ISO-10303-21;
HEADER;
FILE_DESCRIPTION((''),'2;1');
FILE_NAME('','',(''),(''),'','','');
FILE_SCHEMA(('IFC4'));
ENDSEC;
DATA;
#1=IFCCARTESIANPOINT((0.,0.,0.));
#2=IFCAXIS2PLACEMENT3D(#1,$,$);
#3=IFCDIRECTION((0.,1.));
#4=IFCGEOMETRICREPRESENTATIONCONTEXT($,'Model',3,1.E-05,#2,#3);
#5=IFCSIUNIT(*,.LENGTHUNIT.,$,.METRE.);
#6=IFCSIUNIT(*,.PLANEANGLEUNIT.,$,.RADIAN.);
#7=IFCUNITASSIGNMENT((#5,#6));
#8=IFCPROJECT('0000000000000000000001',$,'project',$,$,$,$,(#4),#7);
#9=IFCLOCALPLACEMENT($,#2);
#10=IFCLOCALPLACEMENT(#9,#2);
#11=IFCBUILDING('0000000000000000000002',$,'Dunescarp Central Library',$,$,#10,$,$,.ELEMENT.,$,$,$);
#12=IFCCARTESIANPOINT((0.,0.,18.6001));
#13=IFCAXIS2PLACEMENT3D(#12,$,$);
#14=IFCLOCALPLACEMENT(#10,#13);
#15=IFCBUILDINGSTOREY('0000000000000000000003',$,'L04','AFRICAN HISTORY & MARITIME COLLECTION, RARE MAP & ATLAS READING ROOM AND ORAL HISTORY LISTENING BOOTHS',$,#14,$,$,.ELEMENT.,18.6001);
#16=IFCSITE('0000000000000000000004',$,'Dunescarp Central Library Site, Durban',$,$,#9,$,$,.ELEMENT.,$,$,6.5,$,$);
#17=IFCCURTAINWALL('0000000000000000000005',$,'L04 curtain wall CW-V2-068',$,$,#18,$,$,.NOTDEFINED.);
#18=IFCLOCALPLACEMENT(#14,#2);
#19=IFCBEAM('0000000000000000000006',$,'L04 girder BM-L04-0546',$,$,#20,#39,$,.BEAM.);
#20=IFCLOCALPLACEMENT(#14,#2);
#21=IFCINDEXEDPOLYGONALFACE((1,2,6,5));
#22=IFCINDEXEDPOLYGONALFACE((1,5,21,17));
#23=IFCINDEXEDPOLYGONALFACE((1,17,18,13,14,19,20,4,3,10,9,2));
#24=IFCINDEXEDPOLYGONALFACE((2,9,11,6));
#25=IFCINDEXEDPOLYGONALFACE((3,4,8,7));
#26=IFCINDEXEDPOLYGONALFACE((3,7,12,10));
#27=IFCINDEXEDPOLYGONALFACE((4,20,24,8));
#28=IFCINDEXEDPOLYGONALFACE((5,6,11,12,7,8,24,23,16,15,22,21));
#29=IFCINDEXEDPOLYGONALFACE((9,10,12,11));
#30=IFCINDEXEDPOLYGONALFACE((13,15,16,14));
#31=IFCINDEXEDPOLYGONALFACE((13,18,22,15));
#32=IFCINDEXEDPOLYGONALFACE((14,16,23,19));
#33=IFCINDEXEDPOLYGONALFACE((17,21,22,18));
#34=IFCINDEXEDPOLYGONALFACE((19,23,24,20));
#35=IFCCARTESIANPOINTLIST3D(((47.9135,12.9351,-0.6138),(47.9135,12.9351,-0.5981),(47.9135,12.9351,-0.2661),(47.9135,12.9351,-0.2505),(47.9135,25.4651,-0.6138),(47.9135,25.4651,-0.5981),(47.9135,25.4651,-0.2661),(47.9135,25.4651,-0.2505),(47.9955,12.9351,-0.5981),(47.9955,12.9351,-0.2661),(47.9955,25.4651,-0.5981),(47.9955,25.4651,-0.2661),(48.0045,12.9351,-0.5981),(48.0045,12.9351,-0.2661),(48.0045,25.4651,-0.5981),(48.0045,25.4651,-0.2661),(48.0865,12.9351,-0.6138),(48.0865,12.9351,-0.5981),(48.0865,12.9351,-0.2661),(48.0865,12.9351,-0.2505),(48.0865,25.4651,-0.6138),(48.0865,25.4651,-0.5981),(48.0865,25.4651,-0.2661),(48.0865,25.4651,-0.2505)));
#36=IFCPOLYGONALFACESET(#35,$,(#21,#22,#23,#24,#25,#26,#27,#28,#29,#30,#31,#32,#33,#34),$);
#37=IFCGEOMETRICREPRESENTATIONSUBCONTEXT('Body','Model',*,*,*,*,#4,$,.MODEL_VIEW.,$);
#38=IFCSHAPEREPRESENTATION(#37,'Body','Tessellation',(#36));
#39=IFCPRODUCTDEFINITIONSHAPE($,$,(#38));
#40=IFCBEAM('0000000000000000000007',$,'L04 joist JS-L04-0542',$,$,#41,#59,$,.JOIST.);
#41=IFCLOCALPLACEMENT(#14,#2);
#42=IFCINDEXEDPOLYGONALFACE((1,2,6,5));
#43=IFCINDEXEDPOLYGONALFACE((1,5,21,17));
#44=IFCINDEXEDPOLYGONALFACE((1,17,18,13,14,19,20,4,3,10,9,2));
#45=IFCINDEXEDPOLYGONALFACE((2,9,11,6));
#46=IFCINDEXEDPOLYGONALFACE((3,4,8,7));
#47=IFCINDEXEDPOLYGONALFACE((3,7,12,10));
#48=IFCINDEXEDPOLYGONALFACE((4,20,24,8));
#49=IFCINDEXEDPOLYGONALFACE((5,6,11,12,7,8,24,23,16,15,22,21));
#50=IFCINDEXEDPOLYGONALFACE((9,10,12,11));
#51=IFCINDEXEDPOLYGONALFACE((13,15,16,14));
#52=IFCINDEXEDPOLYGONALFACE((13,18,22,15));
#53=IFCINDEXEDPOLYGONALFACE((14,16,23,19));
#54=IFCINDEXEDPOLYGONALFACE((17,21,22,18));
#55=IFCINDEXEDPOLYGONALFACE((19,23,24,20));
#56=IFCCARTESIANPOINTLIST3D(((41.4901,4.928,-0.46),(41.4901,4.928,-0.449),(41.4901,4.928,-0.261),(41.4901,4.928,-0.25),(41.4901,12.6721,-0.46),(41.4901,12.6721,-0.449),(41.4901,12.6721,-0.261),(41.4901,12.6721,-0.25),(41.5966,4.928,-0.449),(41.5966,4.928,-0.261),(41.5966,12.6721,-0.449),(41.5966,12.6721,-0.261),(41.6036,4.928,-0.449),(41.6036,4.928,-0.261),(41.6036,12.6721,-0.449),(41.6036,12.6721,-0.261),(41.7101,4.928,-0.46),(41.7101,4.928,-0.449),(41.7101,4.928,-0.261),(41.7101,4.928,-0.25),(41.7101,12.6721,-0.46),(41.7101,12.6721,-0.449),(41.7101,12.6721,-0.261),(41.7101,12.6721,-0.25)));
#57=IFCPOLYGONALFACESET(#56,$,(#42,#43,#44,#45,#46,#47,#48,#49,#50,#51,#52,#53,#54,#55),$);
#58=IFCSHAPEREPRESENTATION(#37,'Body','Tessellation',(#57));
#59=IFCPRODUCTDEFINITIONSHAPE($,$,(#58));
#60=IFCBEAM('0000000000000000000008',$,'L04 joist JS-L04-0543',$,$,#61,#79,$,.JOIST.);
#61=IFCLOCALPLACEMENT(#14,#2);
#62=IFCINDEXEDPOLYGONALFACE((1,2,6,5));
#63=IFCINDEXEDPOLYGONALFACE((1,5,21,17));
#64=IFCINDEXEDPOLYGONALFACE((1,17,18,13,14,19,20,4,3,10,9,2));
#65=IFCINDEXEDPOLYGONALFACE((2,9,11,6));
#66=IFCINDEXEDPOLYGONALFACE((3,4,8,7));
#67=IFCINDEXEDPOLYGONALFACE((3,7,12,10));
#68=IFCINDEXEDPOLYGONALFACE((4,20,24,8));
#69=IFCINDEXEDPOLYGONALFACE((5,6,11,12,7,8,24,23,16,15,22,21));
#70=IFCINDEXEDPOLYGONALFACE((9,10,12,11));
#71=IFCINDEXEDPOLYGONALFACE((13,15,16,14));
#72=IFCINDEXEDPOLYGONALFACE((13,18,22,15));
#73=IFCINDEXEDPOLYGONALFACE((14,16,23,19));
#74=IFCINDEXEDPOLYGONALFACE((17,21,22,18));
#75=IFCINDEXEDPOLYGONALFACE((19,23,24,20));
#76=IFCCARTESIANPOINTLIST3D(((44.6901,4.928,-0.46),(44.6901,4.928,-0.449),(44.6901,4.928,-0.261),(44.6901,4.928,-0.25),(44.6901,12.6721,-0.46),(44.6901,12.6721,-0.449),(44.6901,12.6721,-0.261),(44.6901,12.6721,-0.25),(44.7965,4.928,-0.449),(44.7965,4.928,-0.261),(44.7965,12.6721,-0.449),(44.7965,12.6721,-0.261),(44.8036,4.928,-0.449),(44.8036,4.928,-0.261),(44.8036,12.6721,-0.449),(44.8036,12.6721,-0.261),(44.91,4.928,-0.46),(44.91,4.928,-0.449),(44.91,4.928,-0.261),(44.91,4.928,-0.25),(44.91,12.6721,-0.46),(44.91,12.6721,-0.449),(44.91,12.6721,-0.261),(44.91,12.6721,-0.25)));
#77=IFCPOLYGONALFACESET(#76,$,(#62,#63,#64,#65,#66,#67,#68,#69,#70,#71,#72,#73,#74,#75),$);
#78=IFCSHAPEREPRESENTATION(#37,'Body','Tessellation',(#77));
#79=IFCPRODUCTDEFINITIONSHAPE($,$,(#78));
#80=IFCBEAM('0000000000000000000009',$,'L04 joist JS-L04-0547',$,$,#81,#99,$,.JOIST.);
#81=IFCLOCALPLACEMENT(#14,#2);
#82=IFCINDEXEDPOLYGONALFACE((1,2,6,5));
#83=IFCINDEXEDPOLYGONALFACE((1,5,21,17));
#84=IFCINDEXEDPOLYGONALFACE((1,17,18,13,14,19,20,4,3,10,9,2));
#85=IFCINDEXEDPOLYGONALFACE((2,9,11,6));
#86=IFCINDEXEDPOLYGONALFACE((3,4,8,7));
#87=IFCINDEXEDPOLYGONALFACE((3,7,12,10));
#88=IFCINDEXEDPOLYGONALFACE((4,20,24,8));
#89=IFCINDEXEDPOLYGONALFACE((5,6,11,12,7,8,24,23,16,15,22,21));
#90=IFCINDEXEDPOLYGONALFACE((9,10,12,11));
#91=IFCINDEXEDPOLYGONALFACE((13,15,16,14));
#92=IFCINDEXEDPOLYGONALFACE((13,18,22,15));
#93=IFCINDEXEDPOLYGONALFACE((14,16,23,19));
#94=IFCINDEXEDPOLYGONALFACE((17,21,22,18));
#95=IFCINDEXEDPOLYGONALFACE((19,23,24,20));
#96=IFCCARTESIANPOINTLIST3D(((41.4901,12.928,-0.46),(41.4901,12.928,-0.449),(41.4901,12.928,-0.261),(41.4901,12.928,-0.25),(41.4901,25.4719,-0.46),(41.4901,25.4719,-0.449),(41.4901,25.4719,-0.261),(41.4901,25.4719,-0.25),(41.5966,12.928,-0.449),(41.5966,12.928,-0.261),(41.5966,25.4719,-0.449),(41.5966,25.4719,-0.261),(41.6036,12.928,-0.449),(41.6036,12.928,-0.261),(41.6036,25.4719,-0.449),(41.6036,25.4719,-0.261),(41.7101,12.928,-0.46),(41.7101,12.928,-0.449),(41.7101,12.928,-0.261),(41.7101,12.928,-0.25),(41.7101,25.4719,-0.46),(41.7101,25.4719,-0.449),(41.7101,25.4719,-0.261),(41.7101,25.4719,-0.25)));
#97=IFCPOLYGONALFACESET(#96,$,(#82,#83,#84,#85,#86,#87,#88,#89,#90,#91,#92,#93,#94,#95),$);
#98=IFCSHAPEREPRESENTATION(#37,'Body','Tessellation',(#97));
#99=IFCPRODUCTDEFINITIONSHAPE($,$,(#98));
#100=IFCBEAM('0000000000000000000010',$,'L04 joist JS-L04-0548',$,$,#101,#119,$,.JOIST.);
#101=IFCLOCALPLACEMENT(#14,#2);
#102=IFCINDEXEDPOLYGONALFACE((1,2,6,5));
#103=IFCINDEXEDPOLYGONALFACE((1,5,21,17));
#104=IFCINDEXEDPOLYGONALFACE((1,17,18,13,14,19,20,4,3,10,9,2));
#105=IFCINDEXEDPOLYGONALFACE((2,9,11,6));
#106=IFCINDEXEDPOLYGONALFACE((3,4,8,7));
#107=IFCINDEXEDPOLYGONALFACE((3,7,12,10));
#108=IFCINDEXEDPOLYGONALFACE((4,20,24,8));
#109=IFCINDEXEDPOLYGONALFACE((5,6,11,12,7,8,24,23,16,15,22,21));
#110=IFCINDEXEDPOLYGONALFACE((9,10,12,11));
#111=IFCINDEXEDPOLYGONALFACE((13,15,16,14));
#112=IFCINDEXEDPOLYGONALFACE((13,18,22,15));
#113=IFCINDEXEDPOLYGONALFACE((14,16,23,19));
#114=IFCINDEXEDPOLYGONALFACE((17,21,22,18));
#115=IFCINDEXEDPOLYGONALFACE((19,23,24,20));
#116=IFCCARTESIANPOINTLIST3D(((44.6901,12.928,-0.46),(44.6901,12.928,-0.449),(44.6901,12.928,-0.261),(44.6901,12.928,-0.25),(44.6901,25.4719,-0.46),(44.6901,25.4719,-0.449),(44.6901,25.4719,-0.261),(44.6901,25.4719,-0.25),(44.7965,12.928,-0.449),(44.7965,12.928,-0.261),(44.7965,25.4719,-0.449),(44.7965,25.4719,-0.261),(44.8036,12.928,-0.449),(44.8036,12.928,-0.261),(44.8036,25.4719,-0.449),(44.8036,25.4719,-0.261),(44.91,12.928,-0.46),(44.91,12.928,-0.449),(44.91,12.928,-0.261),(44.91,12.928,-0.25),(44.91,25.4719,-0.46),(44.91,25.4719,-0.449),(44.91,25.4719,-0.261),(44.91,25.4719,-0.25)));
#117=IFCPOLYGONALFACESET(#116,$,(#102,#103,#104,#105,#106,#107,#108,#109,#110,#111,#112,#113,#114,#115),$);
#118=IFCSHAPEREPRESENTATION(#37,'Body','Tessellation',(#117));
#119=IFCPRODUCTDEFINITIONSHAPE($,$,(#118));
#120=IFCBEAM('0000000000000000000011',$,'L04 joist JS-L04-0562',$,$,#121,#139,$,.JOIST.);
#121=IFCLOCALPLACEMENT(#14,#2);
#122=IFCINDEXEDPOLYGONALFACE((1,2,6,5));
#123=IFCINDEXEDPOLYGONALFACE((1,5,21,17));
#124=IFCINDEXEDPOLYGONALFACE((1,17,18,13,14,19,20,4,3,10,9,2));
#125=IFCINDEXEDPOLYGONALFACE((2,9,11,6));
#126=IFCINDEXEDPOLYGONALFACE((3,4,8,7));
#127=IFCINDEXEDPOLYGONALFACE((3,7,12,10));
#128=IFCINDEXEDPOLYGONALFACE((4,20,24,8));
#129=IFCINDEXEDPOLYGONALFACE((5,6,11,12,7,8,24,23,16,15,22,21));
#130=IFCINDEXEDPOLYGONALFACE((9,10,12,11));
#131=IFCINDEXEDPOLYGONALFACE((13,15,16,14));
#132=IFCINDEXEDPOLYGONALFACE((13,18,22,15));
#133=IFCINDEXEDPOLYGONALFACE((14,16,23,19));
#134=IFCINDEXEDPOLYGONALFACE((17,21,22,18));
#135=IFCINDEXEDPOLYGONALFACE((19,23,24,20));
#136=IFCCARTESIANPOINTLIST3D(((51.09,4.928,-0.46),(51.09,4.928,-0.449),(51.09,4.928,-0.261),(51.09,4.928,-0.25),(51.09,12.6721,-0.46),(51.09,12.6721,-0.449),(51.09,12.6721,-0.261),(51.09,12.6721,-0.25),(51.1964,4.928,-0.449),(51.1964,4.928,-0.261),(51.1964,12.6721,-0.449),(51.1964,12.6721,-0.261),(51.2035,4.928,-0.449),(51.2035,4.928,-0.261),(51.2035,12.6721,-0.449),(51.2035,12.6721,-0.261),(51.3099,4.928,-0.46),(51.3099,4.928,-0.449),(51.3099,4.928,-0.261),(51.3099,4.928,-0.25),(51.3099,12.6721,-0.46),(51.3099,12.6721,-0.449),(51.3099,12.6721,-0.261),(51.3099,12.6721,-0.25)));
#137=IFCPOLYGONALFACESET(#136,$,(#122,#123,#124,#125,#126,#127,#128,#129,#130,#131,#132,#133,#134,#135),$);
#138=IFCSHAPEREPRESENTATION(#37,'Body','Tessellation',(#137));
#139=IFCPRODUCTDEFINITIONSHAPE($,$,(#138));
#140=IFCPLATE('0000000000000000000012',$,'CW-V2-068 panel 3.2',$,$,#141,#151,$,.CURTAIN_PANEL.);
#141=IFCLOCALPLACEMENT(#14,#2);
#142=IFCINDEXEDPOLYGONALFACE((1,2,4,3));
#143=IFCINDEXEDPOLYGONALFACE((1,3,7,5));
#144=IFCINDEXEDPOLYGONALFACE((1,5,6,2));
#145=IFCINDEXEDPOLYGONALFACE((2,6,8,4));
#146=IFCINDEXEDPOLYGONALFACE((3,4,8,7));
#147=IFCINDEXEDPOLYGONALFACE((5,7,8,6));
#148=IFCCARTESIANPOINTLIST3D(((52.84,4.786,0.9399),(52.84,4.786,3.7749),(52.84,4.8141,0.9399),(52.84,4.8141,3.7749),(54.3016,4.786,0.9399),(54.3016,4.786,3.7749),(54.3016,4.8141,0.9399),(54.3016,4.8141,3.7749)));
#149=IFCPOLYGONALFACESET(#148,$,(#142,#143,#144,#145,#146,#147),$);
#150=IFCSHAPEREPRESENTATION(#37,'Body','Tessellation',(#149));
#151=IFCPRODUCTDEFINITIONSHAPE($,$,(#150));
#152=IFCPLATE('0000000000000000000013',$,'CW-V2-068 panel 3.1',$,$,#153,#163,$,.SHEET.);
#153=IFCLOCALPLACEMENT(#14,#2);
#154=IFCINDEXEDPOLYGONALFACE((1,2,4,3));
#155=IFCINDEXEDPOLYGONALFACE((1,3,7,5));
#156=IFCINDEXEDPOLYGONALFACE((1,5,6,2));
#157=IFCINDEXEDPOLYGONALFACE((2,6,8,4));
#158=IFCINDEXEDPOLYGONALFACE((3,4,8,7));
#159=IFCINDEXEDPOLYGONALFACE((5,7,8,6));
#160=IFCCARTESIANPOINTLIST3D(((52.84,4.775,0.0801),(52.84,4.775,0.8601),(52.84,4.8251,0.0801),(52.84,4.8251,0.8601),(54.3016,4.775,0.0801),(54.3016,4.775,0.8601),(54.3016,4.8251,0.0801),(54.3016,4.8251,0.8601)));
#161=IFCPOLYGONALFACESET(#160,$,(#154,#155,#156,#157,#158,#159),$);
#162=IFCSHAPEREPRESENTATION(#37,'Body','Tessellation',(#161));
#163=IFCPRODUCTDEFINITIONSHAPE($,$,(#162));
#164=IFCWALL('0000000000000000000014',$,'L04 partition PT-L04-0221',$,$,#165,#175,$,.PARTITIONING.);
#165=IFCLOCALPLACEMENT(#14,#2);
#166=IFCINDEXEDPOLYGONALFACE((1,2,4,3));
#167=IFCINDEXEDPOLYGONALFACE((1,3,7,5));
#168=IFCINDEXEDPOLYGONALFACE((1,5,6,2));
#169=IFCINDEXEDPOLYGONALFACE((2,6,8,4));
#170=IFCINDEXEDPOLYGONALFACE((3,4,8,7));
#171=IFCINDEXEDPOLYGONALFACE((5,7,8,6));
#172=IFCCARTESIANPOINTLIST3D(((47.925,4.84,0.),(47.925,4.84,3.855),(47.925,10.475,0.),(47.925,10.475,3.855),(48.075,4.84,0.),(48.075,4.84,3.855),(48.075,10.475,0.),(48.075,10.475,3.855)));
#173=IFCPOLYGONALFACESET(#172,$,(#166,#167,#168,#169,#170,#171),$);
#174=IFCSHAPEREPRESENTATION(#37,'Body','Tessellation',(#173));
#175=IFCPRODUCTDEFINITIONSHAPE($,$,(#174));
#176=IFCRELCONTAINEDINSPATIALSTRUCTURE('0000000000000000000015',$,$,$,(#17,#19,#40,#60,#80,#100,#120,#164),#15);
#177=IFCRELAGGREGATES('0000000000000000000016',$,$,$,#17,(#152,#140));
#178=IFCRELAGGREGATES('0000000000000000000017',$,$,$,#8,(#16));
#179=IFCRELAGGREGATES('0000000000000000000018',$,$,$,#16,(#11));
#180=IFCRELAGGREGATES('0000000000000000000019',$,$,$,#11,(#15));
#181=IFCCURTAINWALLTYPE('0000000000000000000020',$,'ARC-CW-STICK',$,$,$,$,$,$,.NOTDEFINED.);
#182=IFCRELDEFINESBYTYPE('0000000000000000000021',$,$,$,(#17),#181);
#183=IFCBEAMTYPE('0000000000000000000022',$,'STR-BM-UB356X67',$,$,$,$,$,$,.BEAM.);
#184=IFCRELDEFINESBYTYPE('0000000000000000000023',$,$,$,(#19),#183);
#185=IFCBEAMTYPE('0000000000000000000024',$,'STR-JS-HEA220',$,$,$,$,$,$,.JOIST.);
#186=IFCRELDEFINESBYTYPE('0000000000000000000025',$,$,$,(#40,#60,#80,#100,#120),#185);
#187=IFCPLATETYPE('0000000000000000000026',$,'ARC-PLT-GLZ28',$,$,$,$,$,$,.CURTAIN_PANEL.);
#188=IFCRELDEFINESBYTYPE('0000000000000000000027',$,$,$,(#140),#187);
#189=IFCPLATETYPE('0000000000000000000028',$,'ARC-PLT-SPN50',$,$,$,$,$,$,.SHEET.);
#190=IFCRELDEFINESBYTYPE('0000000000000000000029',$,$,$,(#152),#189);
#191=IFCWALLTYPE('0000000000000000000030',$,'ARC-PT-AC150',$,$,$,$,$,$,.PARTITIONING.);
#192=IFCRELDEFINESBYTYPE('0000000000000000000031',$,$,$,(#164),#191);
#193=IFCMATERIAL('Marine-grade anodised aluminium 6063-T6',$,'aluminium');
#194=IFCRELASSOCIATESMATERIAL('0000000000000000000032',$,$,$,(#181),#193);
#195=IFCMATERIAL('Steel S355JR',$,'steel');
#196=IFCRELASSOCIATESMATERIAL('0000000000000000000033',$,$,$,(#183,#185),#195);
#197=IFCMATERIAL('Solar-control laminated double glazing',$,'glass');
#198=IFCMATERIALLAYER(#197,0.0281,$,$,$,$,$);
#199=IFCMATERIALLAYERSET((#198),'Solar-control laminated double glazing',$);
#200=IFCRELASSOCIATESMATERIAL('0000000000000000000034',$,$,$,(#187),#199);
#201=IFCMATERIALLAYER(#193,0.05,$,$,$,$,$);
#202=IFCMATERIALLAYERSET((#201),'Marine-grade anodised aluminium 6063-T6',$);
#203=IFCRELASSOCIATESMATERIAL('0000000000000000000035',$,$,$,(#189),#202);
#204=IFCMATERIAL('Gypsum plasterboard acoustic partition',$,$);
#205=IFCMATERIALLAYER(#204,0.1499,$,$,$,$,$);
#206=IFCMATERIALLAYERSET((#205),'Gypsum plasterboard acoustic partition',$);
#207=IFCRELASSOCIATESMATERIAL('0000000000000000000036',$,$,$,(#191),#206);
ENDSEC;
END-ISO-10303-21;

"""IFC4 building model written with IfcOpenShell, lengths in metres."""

from ifc_helpers import new_model, si_unit, direction, frame, frame_2d, origin, origin_2d, place, context, subcontext, project, spatial, rectangle, i_section, extrude, material, layer, layer_set, material_profile, profile_set, type_object, element, aggregate, save


model = new_model("IFC4")

# Units and contexts
model_context = context("Model", 3, precision=1e-05, world=origin(), true_north=direction((0.0, 1.0)))
body_context = subcontext(model_context, "Body", "Model", "MODEL_VIEW")
ifc_project = project(units=[si_unit("LENGTHUNIT", "METRE"), si_unit("PLANEANGLEUNIT", "RADIAN")], contexts=[model_context])

# Site, building, storey
site_placement = place(None, origin())
site = spatial("IfcSite", under=ifc_project, at=site_placement, Name="Dunescarp Central Library Site, Durban", CompositionType="ELEMENT", RefElevation=6.5)
building_placement = place(site_placement, origin())
building = spatial("IfcBuilding", under=site, at=building_placement, Name="Dunescarp Central Library", CompositionType="ELEMENT")
storey_placement = place(building_placement, frame((0.0, 0.0, 18.6001)))
storey = spatial("IfcBuildingStorey", under=building, at=storey_placement, Name="L04", Description="AFRICAN HISTORY & MARITIME COLLECTION, RARE MAP & ATLAS READING ROOM AND ORAL HISTORY LISTENING BOOTHS", CompositionType="ELEMENT", Elevation=18.6001)

# Shared definitions
ifc_material_1 = material(Name="Steel S355JR", Category="steel")

# Curtain wall
ifc_material_2 = material(Name="Marine-grade anodised aluminium 6063-T6", Category="aluminium")
curtain_wall_type = type_object("IfcCurtainWallType", Name="ARC-CW-STICK", PredefinedType="NOTDEFINED", material=ifc_material_2)
curtain_wall_placement = place(storey_placement, origin())
curtain_wall = element("IfcCurtainWall", 1, at=curtain_wall_placement, inside=storey, type_object=curtain_wall_type, Name="L04 curtain wall CW-V2-068", PredefinedType="NOTDEFINED")

# Beams
ifc_material_profile_1 = material_profile(ifc_material_1, i_section(OverallWidth=0.1731, OverallDepth=0.3633, WebThickness=0.009, FlangeThickness=0.0156, at=origin_2d()), Name="UB 356x171x67")
ifc_profile_set_1 = profile_set([ifc_material_profile_1], Name="Steel S355JR")
beam_type_1 = type_object("IfcBeamType", Name="STR-BM-UB356X67", PredefinedType="BEAM", material=ifc_profile_set_1)
beam_1_placement = place(storey_placement, frame((48.0, 12.9351, -0.4321), z_axis=(0.0, 1.0, 0.0), x_axis=(-1.0, 0.0, 0.0)))
element("IfcBeam", 2, at=beam_1_placement, inside=storey, type_object=beam_type_1, Name="L04 girder BM-L04-0546", PredefinedType="BEAM", context=body_context, shape_type="SweptSolid", body=[
    extrude(i_section(OverallWidth=0.1731, OverallDepth=0.3633, WebThickness=0.009, FlangeThickness=0.0156, at=origin_2d()), origin(), (0.0, 0.0, 1.0), 12.53),
])
ifc_material_profile_2 = material_profile(ifc_material_1, i_section(OverallWidth=0.22, OverallDepth=0.21, WebThickness=0.0071, FlangeThickness=0.011, at=origin_2d()), Name="HEA 220")
ifc_profile_set_2 = profile_set([ifc_material_profile_2], Name="Steel S355JR")
beam_type_2 = type_object("IfcBeamType", Name="STR-JS-HEA220", PredefinedType="JOIST", material=ifc_profile_set_2)
for number, where, z_axis, x_axis, name in (
    (3, (41.6001, 4.928, -0.355), (0.0, 1.0, 0.0), (-1.0, 0.0, 0.0), "L04 joist JS-L04-0542"),
    (4, (44.8, 4.928, -0.355), (0.0, 1.0, 0.0), (-1.0, 0.0, 0.0), "L04 joist JS-L04-0543"),
):
    element("IfcBeam", number, at=place(storey_placement, frame(where, z_axis=z_axis, x_axis=x_axis)), inside=storey, type_object=beam_type_2, Name=name, PredefinedType="JOIST", context=body_context, shape_type="SweptSolid", body=[
        extrude(i_section(OverallWidth=0.22, OverallDepth=0.21, WebThickness=0.0071, FlangeThickness=0.011, at=origin_2d()), origin(), (0.0, 0.0, 1.0), 7.7441),
    ])
for number, where, z_axis, x_axis, name in (
    (5, (41.6001, 12.928, -0.355), (0.0, 1.0, 0.0), (-1.0, 0.0, 0.0), "L04 joist JS-L04-0547"),
    (6, (44.8, 12.928, -0.355), (0.0, 1.0, 0.0), (-1.0, 0.0, 0.0), "L04 joist JS-L04-0548"),
):
    element("IfcBeam", number, at=place(storey_placement, frame(where, z_axis=z_axis, x_axis=x_axis)), inside=storey, type_object=beam_type_2, Name=name, PredefinedType="JOIST", context=body_context, shape_type="SweptSolid", body=[
        extrude(i_section(OverallWidth=0.22, OverallDepth=0.21, WebThickness=0.0071, FlangeThickness=0.011, at=origin_2d()), origin(), (0.0, 0.0, 1.0), 12.5439),
    ])
beam_2_placement = place(storey_placement, frame((51.2, 4.928, -0.355), z_axis=(0.0, 1.0, 0.0), x_axis=(-1.0, 0.0, 0.0)))
element("IfcBeam", 7, at=beam_2_placement, inside=storey, type_object=beam_type_2, Name="L04 joist JS-L04-0562", PredefinedType="JOIST", context=body_context, shape_type="SweptSolid", body=[
    extrude(i_section(OverallWidth=0.22, OverallDepth=0.21, WebThickness=0.0071, FlangeThickness=0.011, at=origin_2d()), origin(), (0.0, 0.0, 1.0), 7.7441),
])

# Plates
ifc_material_3 = material(Name="Solar-control laminated double glazing", Category="glass")
ifc_layer_1 = layer(ifc_material_3, 0.0281)
ifc_layer_set_1 = layer_set([ifc_layer_1], Name="Solar-control laminated double glazing")
plate_type_1 = type_object("IfcPlateType", Name="ARC-PLT-GLZ28", PredefinedType="CURTAIN_PANEL", material=ifc_layer_set_1)
plate_1_placement = place(storey_placement, frame((53.5708, 4.8, 0.9399), z_axis=(0.0, 0.0, 1.0), x_axis=(-1.0, 0.0, 0.0)))
plate_1 = element("IfcPlate", 8, at=plate_1_placement, type_object=plate_type_1, Name="CW-V2-068 panel 3.2", PredefinedType="CURTAIN_PANEL", context=body_context, shape_type="SweptSolid", body=[
    extrude(rectangle(XDim=1.4617, YDim=0.0281, at=origin_2d()), origin(), (0.0, 0.0, 1.0), 2.835),
])
ifc_layer_2 = layer(ifc_material_2, 0.05)
ifc_layer_set_2 = layer_set([ifc_layer_2], Name="Marine-grade anodised aluminium 6063-T6")
plate_type_2 = type_object("IfcPlateType", Name="ARC-PLT-SPN50", PredefinedType="SHEET", material=ifc_layer_set_2)
plate_2_placement = place(storey_placement, frame((53.5708, 4.8, 0.0801), z_axis=(0.0, 0.0, 1.0), x_axis=(-1.0, 0.0, 0.0)))
plate_2 = element("IfcPlate", 9, at=plate_2_placement, type_object=plate_type_2, Name="CW-V2-068 panel 3.1", PredefinedType="SHEET", context=body_context, shape_type="SweptSolid", body=[
    extrude(rectangle(XDim=1.4617, YDim=0.05, at=origin_2d()), origin(), (0.0, 0.0, 1.0), 0.78),
])
aggregate(curtain_wall, [plate_2, plate_1])

# Wall
ifc_material_4 = material(Name="Gypsum plasterboard acoustic partition")
ifc_layer_3 = layer(ifc_material_4, 0.1499)
ifc_layer_set_3 = layer_set([ifc_layer_3], Name="Gypsum plasterboard acoustic partition")
wall_type_1 = type_object("IfcWallType", Name="ARC-PT-AC150", PredefinedType="PARTITIONING", material=ifc_layer_set_3)
wall_1_placement = place(storey_placement, frame((48.0, 4.8401, 0.0), z_axis=(0.0, 0.0, 1.0), x_axis=(0.0, 1.0, 0.0)))
element("IfcWall", 10, at=wall_1_placement, inside=storey, type_object=wall_type_1, Name="L04 partition PT-L04-0221", PredefinedType="PARTITIONING", context=body_context, shape_type="SweptSolid", body=[
    extrude(rectangle(XDim=5.635, YDim=0.1499, at=frame_2d((2.8174, 0.0))), origin(), (0.0, 0.0, 1.0), 3.855),
])

save(model, "model.ifc")
